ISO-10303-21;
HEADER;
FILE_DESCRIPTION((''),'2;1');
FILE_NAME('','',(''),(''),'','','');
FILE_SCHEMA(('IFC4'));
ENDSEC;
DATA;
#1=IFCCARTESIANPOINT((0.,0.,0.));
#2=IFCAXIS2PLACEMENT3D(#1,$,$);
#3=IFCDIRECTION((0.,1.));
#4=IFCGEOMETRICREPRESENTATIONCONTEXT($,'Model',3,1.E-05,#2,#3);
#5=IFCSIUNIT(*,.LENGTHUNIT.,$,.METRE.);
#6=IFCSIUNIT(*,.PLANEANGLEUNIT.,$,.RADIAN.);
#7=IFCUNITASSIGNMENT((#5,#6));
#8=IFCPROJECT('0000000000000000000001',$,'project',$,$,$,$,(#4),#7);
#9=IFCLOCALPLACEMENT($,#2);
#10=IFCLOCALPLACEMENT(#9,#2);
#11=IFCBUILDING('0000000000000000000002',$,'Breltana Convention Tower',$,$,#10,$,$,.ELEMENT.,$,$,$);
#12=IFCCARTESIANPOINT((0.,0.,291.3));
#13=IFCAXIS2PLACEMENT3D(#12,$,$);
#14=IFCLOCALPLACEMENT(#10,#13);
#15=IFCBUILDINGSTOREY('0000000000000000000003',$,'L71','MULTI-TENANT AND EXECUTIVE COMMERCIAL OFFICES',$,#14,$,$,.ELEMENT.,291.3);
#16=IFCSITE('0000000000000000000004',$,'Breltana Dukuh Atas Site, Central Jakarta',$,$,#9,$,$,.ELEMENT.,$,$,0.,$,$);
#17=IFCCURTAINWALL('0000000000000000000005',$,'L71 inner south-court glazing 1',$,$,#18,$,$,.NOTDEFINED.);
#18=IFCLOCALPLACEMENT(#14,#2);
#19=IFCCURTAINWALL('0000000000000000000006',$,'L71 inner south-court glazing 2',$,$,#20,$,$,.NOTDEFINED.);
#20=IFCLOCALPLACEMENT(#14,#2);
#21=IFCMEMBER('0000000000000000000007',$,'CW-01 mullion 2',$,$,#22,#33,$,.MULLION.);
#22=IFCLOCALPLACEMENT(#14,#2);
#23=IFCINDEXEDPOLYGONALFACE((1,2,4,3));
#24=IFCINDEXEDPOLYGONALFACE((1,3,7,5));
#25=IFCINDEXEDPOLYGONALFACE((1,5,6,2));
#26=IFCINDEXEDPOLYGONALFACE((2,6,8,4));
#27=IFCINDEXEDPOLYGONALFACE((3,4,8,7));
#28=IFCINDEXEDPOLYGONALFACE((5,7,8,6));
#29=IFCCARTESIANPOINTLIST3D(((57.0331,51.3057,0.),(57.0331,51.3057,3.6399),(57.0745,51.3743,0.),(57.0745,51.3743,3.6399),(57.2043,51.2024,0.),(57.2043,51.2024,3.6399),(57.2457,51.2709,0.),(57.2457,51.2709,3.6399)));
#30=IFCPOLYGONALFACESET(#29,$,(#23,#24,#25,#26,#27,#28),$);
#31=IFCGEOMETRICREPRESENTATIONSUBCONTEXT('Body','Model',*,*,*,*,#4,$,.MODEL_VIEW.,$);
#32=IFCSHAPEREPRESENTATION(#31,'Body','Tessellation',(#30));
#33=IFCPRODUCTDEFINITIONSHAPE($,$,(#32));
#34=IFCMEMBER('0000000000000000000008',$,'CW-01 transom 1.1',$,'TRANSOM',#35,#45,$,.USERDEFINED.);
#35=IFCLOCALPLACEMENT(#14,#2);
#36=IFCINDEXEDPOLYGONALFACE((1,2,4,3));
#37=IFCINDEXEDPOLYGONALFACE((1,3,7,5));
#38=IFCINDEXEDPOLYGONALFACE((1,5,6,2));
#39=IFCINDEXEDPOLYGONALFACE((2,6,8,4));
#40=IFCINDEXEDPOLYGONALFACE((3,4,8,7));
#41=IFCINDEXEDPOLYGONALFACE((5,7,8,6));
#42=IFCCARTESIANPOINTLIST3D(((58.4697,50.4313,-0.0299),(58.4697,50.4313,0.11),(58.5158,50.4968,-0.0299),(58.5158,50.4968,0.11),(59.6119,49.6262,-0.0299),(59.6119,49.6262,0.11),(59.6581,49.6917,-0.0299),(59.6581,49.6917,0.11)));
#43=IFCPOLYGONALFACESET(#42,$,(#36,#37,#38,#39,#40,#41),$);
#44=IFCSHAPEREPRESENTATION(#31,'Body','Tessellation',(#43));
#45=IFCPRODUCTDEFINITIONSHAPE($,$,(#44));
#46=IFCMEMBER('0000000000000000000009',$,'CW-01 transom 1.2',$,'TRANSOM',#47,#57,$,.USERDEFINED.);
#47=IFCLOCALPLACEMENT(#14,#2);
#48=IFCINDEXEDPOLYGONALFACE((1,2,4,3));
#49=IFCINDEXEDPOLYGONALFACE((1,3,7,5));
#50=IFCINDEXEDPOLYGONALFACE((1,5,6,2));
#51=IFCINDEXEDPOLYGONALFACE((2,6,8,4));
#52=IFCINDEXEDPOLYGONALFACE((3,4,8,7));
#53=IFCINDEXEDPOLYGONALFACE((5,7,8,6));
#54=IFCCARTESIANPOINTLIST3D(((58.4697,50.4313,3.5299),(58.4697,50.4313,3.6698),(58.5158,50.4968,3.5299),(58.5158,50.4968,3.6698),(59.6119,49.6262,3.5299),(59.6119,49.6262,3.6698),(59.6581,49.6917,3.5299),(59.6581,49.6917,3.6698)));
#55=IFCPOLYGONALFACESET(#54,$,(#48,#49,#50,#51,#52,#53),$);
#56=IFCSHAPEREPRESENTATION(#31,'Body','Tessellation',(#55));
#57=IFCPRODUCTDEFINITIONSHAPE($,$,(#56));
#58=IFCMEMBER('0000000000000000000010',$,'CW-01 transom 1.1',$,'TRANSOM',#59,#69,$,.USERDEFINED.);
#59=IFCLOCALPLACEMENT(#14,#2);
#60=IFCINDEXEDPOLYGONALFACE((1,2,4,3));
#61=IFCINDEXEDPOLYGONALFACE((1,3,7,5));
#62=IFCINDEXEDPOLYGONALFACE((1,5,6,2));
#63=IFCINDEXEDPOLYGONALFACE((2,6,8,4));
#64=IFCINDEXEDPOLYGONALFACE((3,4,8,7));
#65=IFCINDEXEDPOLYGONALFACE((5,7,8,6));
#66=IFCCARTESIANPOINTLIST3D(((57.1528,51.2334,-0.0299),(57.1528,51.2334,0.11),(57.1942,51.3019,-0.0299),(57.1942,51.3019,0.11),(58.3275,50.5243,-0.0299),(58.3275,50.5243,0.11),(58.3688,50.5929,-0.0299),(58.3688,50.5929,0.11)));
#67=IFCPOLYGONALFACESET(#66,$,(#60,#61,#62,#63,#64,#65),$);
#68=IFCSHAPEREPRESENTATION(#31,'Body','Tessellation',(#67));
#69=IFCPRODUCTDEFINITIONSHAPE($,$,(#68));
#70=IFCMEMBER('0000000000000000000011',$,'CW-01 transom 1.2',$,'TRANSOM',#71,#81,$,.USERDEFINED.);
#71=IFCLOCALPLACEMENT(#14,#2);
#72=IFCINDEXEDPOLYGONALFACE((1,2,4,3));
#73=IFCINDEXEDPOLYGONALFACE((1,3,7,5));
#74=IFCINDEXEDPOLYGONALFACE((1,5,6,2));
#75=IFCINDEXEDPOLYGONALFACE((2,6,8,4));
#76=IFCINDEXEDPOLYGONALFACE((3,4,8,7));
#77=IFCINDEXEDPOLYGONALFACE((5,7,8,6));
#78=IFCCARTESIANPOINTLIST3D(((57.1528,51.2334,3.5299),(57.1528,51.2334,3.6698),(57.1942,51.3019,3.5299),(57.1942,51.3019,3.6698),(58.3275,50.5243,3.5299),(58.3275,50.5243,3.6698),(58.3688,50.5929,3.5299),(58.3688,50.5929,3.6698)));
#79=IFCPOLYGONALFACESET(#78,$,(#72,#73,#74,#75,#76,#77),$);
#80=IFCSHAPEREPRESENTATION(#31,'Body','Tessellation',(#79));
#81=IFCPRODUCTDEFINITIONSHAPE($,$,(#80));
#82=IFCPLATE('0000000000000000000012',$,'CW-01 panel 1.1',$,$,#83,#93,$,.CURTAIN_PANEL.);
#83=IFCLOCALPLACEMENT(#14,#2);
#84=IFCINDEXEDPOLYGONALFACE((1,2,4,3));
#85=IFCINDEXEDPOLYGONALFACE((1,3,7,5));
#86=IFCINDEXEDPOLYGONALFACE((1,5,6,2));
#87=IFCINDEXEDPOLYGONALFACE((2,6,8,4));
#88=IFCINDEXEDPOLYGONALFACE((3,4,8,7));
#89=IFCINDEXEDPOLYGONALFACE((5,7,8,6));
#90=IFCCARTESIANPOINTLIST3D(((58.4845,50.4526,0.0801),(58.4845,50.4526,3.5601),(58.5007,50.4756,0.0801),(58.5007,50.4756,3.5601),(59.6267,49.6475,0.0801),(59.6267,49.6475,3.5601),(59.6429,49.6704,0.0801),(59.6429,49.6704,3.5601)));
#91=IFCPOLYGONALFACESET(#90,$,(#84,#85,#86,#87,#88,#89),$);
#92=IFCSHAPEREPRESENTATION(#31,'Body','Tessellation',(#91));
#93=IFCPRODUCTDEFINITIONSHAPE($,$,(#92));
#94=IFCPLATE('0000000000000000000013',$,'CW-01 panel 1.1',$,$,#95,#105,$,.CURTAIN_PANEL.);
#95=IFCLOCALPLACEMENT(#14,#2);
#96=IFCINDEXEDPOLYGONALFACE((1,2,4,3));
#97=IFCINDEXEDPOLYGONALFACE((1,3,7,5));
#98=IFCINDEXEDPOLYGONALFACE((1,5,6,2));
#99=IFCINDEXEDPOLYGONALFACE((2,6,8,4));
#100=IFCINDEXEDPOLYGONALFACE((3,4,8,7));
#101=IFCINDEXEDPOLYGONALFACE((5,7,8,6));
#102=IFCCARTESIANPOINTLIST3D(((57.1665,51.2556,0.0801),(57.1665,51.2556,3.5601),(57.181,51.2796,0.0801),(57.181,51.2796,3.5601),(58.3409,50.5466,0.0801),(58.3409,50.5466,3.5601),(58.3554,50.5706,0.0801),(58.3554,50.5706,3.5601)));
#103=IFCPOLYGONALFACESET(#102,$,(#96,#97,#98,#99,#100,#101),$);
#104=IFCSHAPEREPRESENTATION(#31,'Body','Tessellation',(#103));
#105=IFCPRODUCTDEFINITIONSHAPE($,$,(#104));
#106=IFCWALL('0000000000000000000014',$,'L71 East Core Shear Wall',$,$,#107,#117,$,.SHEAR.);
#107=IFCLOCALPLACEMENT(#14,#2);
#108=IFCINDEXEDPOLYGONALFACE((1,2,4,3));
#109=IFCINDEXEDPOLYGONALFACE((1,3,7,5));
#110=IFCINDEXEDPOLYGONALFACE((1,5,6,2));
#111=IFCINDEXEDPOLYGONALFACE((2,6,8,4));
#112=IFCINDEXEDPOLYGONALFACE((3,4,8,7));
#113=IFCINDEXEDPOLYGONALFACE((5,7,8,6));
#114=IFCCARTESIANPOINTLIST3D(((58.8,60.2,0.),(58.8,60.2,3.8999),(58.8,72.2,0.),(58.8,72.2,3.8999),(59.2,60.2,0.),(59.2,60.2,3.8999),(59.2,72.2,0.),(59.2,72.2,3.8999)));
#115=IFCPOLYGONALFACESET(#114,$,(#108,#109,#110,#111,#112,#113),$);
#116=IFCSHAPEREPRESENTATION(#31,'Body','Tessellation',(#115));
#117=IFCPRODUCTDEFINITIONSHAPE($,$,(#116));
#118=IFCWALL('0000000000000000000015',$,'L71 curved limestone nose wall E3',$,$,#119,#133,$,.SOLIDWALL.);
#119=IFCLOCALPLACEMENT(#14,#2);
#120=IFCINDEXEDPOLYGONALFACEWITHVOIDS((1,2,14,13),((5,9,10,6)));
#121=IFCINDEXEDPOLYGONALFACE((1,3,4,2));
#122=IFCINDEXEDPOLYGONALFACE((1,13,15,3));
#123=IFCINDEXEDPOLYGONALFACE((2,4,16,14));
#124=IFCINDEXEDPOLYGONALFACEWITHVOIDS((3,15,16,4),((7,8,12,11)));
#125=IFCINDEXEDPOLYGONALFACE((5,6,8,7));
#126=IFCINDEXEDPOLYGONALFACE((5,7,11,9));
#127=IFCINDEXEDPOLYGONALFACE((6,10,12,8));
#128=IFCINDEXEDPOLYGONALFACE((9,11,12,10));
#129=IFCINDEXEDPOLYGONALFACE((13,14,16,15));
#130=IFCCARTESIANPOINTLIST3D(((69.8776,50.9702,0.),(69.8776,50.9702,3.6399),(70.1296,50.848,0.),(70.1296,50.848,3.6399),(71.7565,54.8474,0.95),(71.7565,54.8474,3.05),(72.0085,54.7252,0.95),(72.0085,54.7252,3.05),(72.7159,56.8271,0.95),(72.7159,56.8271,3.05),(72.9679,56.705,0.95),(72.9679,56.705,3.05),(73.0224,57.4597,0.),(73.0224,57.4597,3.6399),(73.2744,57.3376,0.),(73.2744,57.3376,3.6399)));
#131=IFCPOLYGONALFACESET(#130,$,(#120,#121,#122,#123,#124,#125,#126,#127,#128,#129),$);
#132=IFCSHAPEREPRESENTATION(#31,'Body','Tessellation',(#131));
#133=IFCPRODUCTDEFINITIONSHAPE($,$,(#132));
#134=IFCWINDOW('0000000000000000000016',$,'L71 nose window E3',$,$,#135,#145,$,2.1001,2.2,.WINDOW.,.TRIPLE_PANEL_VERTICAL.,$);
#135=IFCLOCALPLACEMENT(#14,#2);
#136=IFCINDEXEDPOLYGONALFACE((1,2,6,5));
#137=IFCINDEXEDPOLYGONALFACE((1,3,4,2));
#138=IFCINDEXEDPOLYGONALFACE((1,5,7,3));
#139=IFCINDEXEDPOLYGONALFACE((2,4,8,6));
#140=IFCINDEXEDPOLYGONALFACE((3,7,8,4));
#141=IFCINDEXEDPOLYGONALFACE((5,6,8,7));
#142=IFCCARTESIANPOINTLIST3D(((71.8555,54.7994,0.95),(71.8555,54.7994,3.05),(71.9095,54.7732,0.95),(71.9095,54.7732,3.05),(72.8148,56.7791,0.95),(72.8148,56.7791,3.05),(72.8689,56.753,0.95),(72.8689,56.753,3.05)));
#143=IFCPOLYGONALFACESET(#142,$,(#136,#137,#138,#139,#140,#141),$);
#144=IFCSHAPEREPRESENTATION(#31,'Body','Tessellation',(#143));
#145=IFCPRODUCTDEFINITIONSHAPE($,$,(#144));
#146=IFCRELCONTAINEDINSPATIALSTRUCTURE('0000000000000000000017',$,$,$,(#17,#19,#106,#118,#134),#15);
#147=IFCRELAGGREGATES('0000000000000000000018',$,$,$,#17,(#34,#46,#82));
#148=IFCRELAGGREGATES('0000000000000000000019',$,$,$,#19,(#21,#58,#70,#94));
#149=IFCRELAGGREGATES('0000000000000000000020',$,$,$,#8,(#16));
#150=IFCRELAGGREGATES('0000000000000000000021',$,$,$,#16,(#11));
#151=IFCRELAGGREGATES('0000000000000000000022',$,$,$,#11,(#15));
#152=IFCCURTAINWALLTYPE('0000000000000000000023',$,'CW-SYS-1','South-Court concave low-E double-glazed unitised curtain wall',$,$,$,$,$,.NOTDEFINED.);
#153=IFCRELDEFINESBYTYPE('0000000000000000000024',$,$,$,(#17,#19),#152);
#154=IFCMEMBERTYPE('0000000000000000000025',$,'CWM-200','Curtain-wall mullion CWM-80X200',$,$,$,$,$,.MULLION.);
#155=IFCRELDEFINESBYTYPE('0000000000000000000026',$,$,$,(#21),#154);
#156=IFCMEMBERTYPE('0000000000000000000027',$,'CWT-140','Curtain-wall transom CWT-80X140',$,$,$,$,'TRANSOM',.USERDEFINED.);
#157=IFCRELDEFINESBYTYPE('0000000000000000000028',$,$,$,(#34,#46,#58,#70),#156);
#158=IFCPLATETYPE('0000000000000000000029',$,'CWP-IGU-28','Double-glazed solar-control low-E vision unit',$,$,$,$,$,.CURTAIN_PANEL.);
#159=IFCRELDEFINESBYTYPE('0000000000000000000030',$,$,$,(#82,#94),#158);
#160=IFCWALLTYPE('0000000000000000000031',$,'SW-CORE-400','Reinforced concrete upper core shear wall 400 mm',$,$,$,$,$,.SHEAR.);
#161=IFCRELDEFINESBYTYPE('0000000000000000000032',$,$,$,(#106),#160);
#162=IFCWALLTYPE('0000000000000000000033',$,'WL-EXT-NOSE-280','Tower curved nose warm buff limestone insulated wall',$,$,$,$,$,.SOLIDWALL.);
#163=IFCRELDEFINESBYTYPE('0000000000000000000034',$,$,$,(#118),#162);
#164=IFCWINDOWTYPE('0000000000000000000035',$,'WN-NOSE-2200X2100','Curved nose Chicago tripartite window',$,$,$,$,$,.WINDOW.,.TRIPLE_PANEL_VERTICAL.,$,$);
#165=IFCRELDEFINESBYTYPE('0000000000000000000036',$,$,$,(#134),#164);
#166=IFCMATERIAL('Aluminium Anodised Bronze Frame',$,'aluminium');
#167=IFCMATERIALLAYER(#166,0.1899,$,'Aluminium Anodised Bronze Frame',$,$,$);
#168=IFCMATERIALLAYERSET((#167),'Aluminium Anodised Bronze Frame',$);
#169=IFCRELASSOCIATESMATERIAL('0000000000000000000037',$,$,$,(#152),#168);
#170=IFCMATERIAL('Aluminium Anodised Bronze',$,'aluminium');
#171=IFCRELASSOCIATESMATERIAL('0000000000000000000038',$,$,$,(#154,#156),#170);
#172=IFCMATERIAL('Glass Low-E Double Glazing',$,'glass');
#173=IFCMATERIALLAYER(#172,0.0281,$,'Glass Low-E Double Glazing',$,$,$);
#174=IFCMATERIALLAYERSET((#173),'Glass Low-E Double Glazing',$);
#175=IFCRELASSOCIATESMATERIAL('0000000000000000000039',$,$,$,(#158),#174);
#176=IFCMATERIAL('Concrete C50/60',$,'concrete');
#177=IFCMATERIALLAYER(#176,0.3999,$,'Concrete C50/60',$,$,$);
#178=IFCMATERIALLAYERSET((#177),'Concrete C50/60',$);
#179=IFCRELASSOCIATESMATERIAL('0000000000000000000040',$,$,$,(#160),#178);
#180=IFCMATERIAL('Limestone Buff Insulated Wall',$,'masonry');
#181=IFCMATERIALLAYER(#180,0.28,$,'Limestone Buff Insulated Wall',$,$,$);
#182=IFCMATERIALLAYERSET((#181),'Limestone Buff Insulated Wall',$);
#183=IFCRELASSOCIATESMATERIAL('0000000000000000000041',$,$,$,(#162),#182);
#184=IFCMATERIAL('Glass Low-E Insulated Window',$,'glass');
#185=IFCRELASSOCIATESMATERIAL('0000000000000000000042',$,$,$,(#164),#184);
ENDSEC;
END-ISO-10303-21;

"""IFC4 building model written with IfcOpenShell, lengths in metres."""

from ifc_helpers import new_model, si_unit, direction, frame, frame_2d, origin, origin_2d, place, context, subcontext, project, spatial, rectangle, extrude, source, transform, mapped, material, layer, layer_set, material_profile, profile_set, type_object, type_shapes, element, fill, aggregate, save


model = new_model("IFC4")

# Units and contexts
model_context = context("Model", 3, precision=1e-05, world=origin(), true_north=direction((0.0, 1.0)))
body_context = subcontext(model_context, "Body", "Model", "MODEL_VIEW")
ifc_project = project(units=[si_unit("LENGTHUNIT", "METRE"), si_unit("PLANEANGLEUNIT", "RADIAN")], contexts=[model_context])

# Site, building, storey
site_placement = place(None, origin())
site = spatial("IfcSite", under=ifc_project, at=site_placement, Name="Breltana Dukuh Atas Site, Central Jakarta", CompositionType="ELEMENT", RefElevation=0.0)
building_placement = place(site_placement, origin())
building = spatial("IfcBuilding", under=site, at=building_placement, Name="Breltana Convention Tower", CompositionType="ELEMENT")
storey_placement = place(building_placement, frame((0.0, 0.0, 291.3)))
storey = spatial("IfcBuildingStorey", under=building, at=storey_placement, Name="L71", Description="MULTI-TENANT AND EXECUTIVE COMMERCIAL OFFICES", CompositionType="ELEMENT", Elevation=291.3)

# Curtain walls, member
ifc_material_1 = material(Name="Aluminium Anodised Bronze Frame", Category="aluminium")
ifc_layer_1 = layer(ifc_material_1, 0.1899, Name="Aluminium Anodised Bronze Frame")
ifc_layer_set_1 = layer_set([ifc_layer_1], Name="Aluminium Anodised Bronze Frame")
curtain_wall_type = type_object("IfcCurtainWallType", Name="CW-SYS-1", Description="South-Court concave low-E double-glazed unitised curtain wall", PredefinedType="NOTDEFINED", material=ifc_layer_set_1)
curtain_wall_1_placement = place(storey_placement, origin())
curtain_wall_1 = element("IfcCurtainWall", 1, at=curtain_wall_1_placement, inside=storey, type_object=curtain_wall_type, Name="L71 inner south-court glazing 1", PredefinedType="NOTDEFINED")
ifc_material_2 = material(Name="Aluminium Anodised Bronze", Category="aluminium")
ifc_material_profile_1 = material_profile(ifc_material_2, rectangle(XDim=0.0801, YDim=0.2, at=origin_2d()), Name="CWM-80X200")
ifc_profile_set_1 = profile_set([ifc_material_profile_1], Name="Aluminium Anodised Bronze")
member_type_1 = type_object("IfcMemberType", Name="CWM-200", Description="Curtain-wall mullion CWM-80X200", PredefinedType="MULLION", material=ifc_profile_set_1)
shared_shape_1 = source(origin(), body_context, "Body", "SweptSolid", [
    extrude(rectangle(XDim=0.0801, YDim=0.2, at=origin_2d()), origin(), (0.0, 0.0, 1.0), 3.6399),
])
curtain_wall_2_placement = place(storey_placement, origin())
curtain_wall_2 = element("IfcCurtainWall", 2, at=curtain_wall_2_placement, inside=storey, type_object=curtain_wall_type, Name="L71 inner south-court glazing 2", PredefinedType="NOTDEFINED")
member_1_placement = place(storey_placement, frame((57.1394, 51.2883, 0.0), z_axis=(0.0, 0.0, 1.0), x_axis=(-0.516827, -0.85609, 0.0)))
member_1 = element("IfcMember", 3, at=member_1_placement, type_object=member_type_1, Name="CW-01 mullion 2", PredefinedType="MULLION", context=body_context, shape_type="MappedRepresentation", body=[
    mapped(shared_shape_1, transform((0.0, 0.0, 0.0), scale=1.0)),
])

# Members
ifc_material_profile_2 = material_profile(ifc_material_2, rectangle(XDim=0.0801, YDim=0.1399, at=origin_2d()), Name="CWT-80X140")
ifc_profile_set_2 = profile_set([ifc_material_profile_2], Name="Aluminium Anodised Bronze")
member_type_2 = type_object("IfcMemberType", Name="CWT-140", Description="Curtain-wall transom CWT-80X140", ElementType="TRANSOM", PredefinedType="USERDEFINED", material=ifc_profile_set_2)
shared_shape_2 = source(origin(), body_context, "Body", "SweptSolid", [
    extrude(rectangle(XDim=0.0801, YDim=0.1399, at=origin_2d()), origin(), (0.0, 0.0, 1.0), 1.3975),
])
member_2_placement = place(storey_placement, frame((59.635, 49.6589, 0.04), z_axis=(-0.817365, 0.576121, 0.0), x_axis=(-0.576121, -0.817365, 0.0)))
member_2 = element("IfcMember", 4, at=member_2_placement, type_object=member_type_2, Name="CW-01 transom 1.1", ObjectType="TRANSOM", PredefinedType="USERDEFINED", context=body_context, shape_type="MappedRepresentation", body=[
    mapped(shared_shape_2, transform((0.0, 0.0, 0.0), scale=1.0)),
])
member_3_placement = place(storey_placement, frame((59.635, 49.6589, 3.5999), z_axis=(-0.817365, 0.576121, 0.0), x_axis=(-0.576121, -0.817365, 0.0)))
member_3 = element("IfcMember", 5, at=member_3_placement, type_object=member_type_2, Name="CW-01 transom 1.2", ObjectType="TRANSOM", PredefinedType="USERDEFINED", context=body_context, shape_type="MappedRepresentation", body=[
    mapped(shared_shape_2, transform((0.0, 0.0, 0.0), scale=1.0)),
])
shared_shape_3 = source(origin(), body_context, "Body", "SweptSolid", [
    extrude(rectangle(XDim=0.0801, YDim=0.1399, at=origin_2d()), origin(), (0.0, 0.0, 1.0), 1.3721),
])
member_4_placement = place(storey_placement, frame((58.3481, 50.5586, 0.04), z_axis=(-0.856124, 0.516771, 0.0), x_axis=(-0.516771, -0.856124, 0.0)))
member_4 = element("IfcMember", 6, at=member_4_placement, type_object=member_type_2, Name="CW-01 transom 1.1", ObjectType="TRANSOM", PredefinedType="USERDEFINED", context=body_context, shape_type="MappedRepresentation", body=[
    mapped(shared_shape_3, transform((0.0, 0.0, 0.0), scale=1.0)),
])
member_5_placement = place(storey_placement, frame((58.3481, 50.5586, 3.5999), z_axis=(-0.856124, 0.516771, 0.0), x_axis=(-0.516771, -0.856124, 0.0)))
member_5 = element("IfcMember", 7, at=member_5_placement, type_object=member_type_2, Name="CW-01 transom 1.2", ObjectType="TRANSOM", PredefinedType="USERDEFINED", context=body_context, shape_type="MappedRepresentation", body=[
    mapped(shared_shape_3, transform((0.0, 0.0, 0.0), scale=1.0)),
])

# Plates
ifc_material_3 = material(Name="Glass Low-E Double Glazing", Category="glass")
ifc_layer_2 = layer(ifc_material_3, 0.0281, Name="Glass Low-E Double Glazing")
ifc_layer_set_2 = layer_set([ifc_layer_2], Name="Glass Low-E Double Glazing")
plate_type = type_object("IfcPlateType", Name="CWP-IGU-28", Description="Double-glazed solar-control low-E vision unit", PredefinedType="CURTAIN_PANEL", material=ifc_layer_set_2)
shared_shape_4 = source(origin(), body_context, "Body", "SweptSolid", [
    extrude(rectangle(XDim=1.3975, YDim=0.0281, at=origin_2d()), origin(), (0.0, 0.0, 1.0), 3.48),
])
plate_1_placement = place(storey_placement, frame((59.0637, 50.0615, 0.0801), z_axis=(0.0, 0.0, 1.0), x_axis=(-0.817327, 0.576174, 0.0)))
plate_1 = element("IfcPlate", 8, at=plate_1_placement, type_object=plate_type, Name="CW-01 panel 1.1", PredefinedType="CURTAIN_PANEL", context=body_context, shape_type="MappedRepresentation", body=[
    mapped(shared_shape_4, transform((0.0, 0.0, 0.0), scale=1.0)),
])
aggregate(curtain_wall_1, [member_2, member_3, plate_1])
shared_shape_5 = source(origin(), body_context, "Body", "SweptSolid", [
    extrude(rectangle(XDim=1.3718, YDim=0.0281, at=origin_2d()), origin(), (0.0, 0.0, 1.0), 3.48),
])
plate_2_placement = place(storey_placement, frame((57.761, 50.9131, 0.0801), z_axis=(0.0, 0.0, 1.0), x_axis=(-0.85609, 0.516827, 0.0)))
plate_2 = element("IfcPlate", 9, at=plate_2_placement, type_object=plate_type, Name="CW-01 panel 1.1", PredefinedType="CURTAIN_PANEL", context=body_context, shape_type="MappedRepresentation", body=[
    mapped(shared_shape_5, transform((0.0, 0.0, 0.0), scale=1.0)),
])
aggregate(curtain_wall_2, [member_1, member_4, member_5, plate_2])

# Wall
ifc_material_4 = material(Name="Concrete C50/60", Category="concrete")
ifc_layer_3 = layer(ifc_material_4, 0.3999, Name="Concrete C50/60")
ifc_layer_set_3 = layer_set([ifc_layer_3], Name="Concrete C50/60")
wall_type_1 = type_object("IfcWallType", Name="SW-CORE-400", Description="Reinforced concrete upper core shear wall 400 mm", PredefinedType="SHEAR", material=ifc_layer_set_3)
shared_shape_6 = source(origin(), body_context, "Body", "SweptSolid", [
    extrude(rectangle(XDim=12.0, YDim=0.3999, at=frame_2d((6.0, 0.0))), origin(), (0.0, 0.0, 1.0), 3.8999),
])
wall_1_placement = place(storey_placement, frame((59.0, 60.2, 0.0), z_axis=(0.0, 0.0, 1.0), x_axis=(0.0, 1.0, 0.0)))
element("IfcWall", 10, at=wall_1_placement, inside=storey, type_object=wall_type_1, Name="L71 East Core Shear Wall", PredefinedType="SHEAR", context=body_context, shape_type="MappedRepresentation", body=[
    mapped(shared_shape_6, transform((0.0, 0.0, 0.0), scale=1.0)),
])

# Wall, opening, window
ifc_material_5 = material(Name="Limestone Buff Insulated Wall", Category="masonry")
ifc_layer_4 = layer(ifc_material_5, 0.28, Name="Limestone Buff Insulated Wall")
ifc_layer_set_4 = layer_set([ifc_layer_4], Name="Limestone Buff Insulated Wall")
wall_type_2 = type_object("IfcWallType", Name="WL-EXT-NOSE-280", Description="Tower curved nose warm buff limestone insulated wall", PredefinedType="SOLIDWALL", material=ifc_layer_set_4)
shared_shape_7 = source(origin(), body_context, "Body", "SweptSolid", [
    extrude(rectangle(XDim=7.2114, YDim=0.28, at=frame_2d((3.6057, 0.0))), origin(), (0.0, 0.0, 1.0), 3.6399),
])
wall_2_placement = place(storey_placement, frame((73.1484, 57.3987, 0.0), z_axis=(0.0, 0.0, 1.0), x_axis=(-0.436088, -0.899904, 0.0)))
wall_2 = element("IfcWall", 11, at=wall_2_placement, inside=storey, type_object=wall_type_2, Name="L71 curved limestone nose wall E3", PredefinedType="SOLIDWALL", context=body_context, shape_type="MappedRepresentation", body=[
    mapped(shared_shape_7, transform((0.0, 0.0, 0.0), scale=1.0)),
])
opening_1_placement = place(wall_2_placement, frame((0.7029, 0.0, 0.95)))
opening_1 = element("IfcOpeningElement", 12, at=opening_1_placement, cuts=wall_2, PredefinedType="OPENING", context=body_context, shape_type="SweptSolid", body=[
    extrude(rectangle(XDim=2.2, YDim=2.1001, at=frame_2d((1.1001, 1.05))), frame((0.0, 0.1499, 0.0), z_axis=(0.0, -1.0, 0.0), x_axis=(1.0, 0.0, 0.0)), (0.0, 0.0, 1.0), 0.3),
])
ifc_material_6 = material(Name="Glass Low-E Insulated Window", Category="glass")
window_type = type_object("IfcWindowType", Name="WN-NOSE-2200X2100", Description="Curved nose Chicago tripartite window", PartitioningType="TRIPLE_PANEL_VERTICAL", PredefinedType="WINDOW", material=ifc_material_6)
shared_shape_8 = source(origin(), body_context, "Body", "SweptSolid", [
    extrude(rectangle(XDim=2.2, YDim=2.1001, at=frame_2d((1.1001, 1.05))), frame((0.0, 0.03, 0.0), z_axis=(0.0, -1.0, 0.0), x_axis=(1.0, 0.0, 0.0)), (0.0, 0.0, 1.0), 0.0601),
])
type_shapes(window_type, [shared_shape_8])
window_1_placement = place(opening_1_placement, origin())
window_1 = element("IfcWindow", 13, at=window_1_placement, inside=storey, type_object=window_type, Name="L71 nose window E3", OverallHeight=2.1001, OverallWidth=2.2, PartitioningType="TRIPLE_PANEL_VERTICAL", PredefinedType="WINDOW", context=body_context, shape_type="MappedRepresentation", body=[
    mapped(shared_shape_8, transform((0.0, 0.0, 0.0), scale=1.0)),
])
fill(opening_1, window_1)

save(model, "model.ifc")
